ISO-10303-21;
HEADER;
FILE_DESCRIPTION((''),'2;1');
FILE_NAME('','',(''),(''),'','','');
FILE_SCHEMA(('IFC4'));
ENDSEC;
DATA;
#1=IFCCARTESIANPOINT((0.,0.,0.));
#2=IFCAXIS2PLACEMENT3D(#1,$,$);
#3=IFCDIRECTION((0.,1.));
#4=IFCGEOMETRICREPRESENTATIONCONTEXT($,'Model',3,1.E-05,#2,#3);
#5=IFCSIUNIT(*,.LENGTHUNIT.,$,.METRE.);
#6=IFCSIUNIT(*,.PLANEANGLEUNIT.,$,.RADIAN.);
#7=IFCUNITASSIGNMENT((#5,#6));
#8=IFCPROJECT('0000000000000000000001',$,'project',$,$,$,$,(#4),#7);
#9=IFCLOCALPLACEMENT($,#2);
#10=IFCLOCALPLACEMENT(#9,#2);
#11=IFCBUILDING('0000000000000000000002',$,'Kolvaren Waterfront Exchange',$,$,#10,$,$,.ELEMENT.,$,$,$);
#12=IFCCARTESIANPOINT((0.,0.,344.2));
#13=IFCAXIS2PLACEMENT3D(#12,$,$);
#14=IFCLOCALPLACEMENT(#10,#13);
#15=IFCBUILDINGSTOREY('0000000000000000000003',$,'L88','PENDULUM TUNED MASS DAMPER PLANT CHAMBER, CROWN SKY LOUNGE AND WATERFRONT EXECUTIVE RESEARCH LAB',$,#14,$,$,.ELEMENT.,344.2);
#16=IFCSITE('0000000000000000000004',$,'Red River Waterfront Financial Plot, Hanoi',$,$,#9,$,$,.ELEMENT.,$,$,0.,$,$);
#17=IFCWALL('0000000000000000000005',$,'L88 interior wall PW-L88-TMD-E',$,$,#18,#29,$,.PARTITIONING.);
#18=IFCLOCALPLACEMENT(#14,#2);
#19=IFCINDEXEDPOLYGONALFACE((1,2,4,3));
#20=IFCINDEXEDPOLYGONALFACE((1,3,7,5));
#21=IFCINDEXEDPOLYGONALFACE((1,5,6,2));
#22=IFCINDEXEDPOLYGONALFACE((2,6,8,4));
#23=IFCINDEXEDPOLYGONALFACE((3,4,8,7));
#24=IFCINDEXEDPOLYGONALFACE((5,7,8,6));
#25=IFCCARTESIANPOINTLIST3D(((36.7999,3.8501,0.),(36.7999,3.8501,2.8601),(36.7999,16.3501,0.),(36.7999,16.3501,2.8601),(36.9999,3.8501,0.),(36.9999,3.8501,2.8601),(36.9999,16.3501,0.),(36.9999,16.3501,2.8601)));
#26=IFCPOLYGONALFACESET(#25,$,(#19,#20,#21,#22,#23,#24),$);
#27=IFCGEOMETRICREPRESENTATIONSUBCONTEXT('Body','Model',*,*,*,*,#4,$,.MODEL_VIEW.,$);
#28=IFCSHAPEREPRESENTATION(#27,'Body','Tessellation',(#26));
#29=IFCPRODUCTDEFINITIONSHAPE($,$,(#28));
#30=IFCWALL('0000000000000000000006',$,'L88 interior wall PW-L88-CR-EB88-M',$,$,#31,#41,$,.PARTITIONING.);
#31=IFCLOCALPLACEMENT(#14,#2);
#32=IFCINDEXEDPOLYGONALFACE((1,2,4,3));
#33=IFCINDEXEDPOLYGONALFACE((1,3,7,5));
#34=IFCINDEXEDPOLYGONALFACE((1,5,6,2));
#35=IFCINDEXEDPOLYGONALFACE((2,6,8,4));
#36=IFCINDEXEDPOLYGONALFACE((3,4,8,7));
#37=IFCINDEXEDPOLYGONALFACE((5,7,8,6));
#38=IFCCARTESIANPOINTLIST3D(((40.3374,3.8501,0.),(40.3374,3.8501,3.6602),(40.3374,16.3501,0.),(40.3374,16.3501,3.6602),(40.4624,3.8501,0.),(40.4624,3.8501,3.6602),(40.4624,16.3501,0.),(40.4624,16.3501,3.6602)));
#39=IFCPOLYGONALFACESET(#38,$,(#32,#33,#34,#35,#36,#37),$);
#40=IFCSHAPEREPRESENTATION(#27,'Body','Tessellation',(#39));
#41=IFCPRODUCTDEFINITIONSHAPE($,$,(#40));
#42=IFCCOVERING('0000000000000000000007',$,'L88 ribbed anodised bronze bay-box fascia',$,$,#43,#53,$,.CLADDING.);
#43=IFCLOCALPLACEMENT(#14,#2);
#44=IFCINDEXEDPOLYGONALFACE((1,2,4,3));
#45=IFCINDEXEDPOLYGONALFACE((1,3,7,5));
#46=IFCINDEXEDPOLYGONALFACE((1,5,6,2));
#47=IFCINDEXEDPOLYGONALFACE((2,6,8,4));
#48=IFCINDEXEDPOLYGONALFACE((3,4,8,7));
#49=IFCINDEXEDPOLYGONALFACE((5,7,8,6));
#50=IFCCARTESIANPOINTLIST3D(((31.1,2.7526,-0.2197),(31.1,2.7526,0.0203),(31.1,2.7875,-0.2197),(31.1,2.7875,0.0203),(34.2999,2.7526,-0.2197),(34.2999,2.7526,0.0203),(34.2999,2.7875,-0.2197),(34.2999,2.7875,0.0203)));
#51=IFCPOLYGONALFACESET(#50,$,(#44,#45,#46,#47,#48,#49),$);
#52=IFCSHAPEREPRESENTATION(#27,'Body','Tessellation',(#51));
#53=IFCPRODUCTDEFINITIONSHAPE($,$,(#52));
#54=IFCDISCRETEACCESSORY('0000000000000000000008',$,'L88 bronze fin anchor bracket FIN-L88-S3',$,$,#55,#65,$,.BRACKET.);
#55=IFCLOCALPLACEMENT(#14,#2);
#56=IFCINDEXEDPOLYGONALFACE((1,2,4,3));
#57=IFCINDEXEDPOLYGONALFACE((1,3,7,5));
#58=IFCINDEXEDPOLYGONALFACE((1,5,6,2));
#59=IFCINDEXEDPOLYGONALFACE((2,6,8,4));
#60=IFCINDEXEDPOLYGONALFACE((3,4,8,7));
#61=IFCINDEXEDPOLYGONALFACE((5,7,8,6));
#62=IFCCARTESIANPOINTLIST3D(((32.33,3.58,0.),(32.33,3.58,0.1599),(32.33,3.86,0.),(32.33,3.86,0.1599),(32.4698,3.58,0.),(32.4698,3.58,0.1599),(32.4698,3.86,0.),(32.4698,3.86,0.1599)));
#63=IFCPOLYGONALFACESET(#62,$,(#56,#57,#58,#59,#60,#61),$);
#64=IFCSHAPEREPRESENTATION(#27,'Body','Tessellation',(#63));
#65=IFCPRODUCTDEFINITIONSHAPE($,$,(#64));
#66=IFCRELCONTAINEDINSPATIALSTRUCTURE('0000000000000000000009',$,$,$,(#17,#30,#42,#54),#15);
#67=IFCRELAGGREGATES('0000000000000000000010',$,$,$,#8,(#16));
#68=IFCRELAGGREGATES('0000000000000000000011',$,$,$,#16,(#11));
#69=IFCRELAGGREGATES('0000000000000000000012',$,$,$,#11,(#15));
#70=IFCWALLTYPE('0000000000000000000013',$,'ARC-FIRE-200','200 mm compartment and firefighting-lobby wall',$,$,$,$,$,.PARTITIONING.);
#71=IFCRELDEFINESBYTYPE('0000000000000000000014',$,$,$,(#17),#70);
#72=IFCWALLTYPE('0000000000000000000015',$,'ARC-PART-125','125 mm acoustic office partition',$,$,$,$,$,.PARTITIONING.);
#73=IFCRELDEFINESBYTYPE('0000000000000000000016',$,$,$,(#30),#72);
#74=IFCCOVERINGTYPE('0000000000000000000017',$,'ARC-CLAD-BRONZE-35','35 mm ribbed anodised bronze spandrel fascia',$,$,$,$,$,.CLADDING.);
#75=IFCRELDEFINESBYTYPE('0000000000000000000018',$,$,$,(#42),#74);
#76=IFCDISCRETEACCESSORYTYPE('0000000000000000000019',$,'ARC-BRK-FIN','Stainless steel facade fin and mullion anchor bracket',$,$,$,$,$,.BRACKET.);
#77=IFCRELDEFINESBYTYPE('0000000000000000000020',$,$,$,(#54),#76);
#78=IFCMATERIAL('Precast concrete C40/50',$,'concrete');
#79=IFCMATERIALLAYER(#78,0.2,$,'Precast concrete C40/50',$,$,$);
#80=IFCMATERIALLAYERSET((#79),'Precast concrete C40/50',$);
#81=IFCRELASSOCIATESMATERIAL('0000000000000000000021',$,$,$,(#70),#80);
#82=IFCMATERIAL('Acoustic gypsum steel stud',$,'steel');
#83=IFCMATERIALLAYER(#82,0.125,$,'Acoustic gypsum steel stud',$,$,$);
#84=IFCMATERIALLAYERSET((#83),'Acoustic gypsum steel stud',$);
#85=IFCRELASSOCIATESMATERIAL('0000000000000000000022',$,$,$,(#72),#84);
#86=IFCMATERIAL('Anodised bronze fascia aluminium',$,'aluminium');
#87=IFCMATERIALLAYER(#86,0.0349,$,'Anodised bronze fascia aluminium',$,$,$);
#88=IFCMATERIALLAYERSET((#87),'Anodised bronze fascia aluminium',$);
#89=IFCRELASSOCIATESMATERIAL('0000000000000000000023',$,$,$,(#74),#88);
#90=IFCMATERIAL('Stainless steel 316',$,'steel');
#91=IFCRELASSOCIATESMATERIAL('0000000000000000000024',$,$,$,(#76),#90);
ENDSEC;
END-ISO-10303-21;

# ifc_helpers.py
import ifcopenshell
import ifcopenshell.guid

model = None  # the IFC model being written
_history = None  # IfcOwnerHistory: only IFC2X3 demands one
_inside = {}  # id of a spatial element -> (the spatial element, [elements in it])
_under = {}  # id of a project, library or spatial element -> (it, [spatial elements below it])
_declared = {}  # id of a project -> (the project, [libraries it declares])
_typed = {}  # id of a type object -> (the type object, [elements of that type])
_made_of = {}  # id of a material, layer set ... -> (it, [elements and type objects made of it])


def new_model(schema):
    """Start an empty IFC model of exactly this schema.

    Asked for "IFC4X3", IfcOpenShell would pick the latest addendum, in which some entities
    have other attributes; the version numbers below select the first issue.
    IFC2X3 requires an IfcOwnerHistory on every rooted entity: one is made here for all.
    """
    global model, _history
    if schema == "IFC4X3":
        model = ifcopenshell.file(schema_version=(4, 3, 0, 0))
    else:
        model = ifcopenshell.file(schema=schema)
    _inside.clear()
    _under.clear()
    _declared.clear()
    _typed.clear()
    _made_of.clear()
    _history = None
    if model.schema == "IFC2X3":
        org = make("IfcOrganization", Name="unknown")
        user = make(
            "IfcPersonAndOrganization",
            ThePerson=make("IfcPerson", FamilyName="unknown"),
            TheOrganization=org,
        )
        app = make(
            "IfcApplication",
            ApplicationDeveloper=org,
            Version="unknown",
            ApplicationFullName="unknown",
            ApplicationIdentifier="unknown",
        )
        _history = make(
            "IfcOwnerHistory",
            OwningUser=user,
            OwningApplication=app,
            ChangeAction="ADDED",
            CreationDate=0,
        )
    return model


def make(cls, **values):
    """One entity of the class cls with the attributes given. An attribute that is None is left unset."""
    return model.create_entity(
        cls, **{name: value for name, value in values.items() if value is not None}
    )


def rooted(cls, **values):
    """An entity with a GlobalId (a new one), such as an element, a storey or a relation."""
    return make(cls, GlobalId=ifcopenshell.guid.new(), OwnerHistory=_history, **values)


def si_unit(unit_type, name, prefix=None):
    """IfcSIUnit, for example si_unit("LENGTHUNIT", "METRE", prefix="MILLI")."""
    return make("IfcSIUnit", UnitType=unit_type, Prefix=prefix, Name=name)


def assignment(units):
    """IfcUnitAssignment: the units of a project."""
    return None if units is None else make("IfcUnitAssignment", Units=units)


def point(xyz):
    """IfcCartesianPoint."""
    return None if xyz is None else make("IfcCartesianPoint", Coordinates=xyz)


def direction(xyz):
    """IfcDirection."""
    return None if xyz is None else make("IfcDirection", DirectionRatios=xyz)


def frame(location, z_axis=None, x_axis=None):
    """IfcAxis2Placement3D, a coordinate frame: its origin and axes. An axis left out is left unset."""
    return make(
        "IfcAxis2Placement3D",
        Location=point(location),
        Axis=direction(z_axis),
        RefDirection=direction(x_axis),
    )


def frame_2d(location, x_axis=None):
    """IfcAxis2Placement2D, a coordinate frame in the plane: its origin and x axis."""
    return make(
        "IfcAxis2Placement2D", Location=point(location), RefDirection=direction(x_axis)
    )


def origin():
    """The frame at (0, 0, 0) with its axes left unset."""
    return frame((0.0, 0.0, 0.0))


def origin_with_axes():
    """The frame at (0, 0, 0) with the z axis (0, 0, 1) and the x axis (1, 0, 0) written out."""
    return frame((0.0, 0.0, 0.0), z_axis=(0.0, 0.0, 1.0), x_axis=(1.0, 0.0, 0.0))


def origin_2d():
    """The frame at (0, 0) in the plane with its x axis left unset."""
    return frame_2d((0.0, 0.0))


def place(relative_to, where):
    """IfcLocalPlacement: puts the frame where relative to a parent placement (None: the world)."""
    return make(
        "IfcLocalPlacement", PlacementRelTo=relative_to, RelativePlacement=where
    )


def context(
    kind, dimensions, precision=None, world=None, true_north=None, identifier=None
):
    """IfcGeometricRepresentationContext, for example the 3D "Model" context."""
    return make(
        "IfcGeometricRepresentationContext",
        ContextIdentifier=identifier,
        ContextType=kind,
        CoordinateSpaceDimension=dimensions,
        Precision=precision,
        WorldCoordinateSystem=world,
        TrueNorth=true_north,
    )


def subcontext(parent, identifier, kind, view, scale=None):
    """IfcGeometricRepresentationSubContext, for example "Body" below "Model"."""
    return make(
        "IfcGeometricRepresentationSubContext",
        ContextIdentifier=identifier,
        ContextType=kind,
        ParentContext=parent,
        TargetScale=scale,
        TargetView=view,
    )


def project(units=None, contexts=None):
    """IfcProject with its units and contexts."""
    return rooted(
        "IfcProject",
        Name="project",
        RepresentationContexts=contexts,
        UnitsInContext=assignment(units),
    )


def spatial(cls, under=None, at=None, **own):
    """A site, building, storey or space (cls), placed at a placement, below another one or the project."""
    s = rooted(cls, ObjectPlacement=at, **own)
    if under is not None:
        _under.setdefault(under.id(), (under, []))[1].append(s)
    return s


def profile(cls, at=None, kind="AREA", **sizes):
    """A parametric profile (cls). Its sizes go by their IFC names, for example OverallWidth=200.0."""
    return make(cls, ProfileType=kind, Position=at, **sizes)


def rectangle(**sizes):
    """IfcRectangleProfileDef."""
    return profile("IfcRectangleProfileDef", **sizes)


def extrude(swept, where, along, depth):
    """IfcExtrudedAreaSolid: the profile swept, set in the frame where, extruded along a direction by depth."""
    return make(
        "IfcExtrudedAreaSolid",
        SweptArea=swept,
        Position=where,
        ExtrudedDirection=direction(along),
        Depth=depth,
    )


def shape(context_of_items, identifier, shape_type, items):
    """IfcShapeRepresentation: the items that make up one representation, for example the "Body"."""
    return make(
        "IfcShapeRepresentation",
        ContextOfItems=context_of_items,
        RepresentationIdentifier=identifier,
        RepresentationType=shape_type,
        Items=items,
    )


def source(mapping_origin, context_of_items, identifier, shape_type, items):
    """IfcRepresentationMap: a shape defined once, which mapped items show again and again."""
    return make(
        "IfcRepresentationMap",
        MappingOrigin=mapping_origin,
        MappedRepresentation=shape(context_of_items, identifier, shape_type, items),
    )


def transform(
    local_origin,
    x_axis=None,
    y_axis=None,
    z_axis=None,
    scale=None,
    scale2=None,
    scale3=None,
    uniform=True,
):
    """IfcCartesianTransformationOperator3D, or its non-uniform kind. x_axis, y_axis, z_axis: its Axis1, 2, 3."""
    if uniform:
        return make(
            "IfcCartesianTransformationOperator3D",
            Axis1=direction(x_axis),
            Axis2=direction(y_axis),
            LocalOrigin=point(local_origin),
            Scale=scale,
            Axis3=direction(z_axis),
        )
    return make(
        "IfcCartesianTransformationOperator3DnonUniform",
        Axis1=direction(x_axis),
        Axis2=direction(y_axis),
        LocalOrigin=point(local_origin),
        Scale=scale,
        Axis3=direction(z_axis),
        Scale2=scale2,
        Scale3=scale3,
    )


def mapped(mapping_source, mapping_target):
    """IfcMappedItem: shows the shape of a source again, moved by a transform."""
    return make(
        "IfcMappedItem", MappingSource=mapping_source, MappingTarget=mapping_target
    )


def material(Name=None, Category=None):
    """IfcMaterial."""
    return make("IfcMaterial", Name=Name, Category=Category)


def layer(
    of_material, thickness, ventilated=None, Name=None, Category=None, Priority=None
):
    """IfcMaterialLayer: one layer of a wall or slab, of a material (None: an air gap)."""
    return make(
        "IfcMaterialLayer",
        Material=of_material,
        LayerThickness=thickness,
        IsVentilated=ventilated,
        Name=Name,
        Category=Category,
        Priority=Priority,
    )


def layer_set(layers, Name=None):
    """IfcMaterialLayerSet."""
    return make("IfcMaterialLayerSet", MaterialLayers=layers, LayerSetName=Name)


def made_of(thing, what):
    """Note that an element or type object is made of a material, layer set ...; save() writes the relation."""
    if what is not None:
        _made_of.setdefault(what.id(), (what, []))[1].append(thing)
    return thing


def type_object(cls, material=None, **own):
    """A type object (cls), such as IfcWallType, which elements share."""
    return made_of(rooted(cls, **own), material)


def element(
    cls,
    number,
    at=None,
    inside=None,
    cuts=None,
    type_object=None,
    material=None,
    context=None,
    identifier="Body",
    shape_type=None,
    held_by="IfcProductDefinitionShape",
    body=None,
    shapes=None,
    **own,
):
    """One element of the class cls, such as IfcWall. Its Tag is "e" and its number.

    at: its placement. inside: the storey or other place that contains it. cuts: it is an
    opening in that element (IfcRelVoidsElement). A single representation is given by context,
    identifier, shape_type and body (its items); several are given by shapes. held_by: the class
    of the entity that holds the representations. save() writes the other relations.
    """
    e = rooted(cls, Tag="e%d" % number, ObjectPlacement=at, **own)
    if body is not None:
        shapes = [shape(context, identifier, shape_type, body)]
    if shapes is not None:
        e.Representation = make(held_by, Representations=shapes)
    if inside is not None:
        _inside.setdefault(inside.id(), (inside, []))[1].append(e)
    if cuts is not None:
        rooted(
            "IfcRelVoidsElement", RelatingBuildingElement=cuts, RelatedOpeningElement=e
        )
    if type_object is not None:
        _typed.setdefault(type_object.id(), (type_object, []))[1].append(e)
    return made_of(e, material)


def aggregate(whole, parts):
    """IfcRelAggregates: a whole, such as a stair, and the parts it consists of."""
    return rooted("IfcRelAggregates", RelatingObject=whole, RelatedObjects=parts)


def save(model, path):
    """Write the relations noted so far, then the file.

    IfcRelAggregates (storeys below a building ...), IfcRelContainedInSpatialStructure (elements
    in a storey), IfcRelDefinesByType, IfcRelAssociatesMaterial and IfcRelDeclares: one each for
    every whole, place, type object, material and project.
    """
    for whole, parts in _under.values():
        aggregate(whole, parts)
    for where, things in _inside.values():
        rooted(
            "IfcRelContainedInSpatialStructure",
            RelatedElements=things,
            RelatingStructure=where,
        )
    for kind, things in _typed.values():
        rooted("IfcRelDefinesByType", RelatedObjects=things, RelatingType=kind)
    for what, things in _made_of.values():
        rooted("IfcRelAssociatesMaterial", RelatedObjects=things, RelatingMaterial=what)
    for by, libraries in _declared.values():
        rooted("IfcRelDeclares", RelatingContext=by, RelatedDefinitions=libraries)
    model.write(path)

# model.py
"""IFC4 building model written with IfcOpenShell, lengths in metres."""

from ifc_helpers import new_model, si_unit, direction, frame, frame_2d, origin, origin_with_axes, origin_2d, place, context, subcontext, project, spatial, rectangle, extrude, source, transform, mapped, material, layer, layer_set, type_object, element, save


model = new_model("IFC4")

# Units and contexts
model_context = context("Model", 3, precision=1e-05, world=origin(), true_north=direction((0.0, 1.0)))
body_context = subcontext(model_context, "Body", "Model", "MODEL_VIEW")
ifc_project = project(units=[si_unit("LENGTHUNIT", "METRE"), si_unit("PLANEANGLEUNIT", "RADIAN")], contexts=[model_context])

# Site, building, storey
site_placement = place(None, origin())
site = spatial("IfcSite", under=ifc_project, at=site_placement, Name="Red River Waterfront Financial Plot, Hanoi", CompositionType="ELEMENT", RefElevation=0.0)
building_placement = place(site_placement, origin())
building = spatial("IfcBuilding", under=site, at=building_placement, Name="Kolvaren Waterfront Exchange", CompositionType="ELEMENT")
storey_placement = place(building_placement, frame((0.0, 0.0, 344.2)))
storey = spatial("IfcBuildingStorey", under=building, at=storey_placement, Name="L88", Description="PENDULUM TUNED MASS DAMPER PLANT CHAMBER, CROWN SKY LOUNGE AND WATERFRONT EXECUTIVE RESEARCH LAB", CompositionType="ELEMENT", Elevation=344.2)

# Walls
ifc_material_1 = material(Name="Precast concrete C40/50", Category="concrete")
ifc_layer_1 = layer(ifc_material_1, 0.2, Name="Precast concrete C40/50")
ifc_layer_set_1 = layer_set([ifc_layer_1], Name="Precast concrete C40/50")
wall_type_1 = type_object("IfcWallType", Name="ARC-FIRE-200", Description="200 mm compartment and firefighting-lobby wall", PredefinedType="PARTITIONING", material=ifc_layer_set_1)
wall_1_placement = place(storey_placement, frame((36.8999, 3.8501, 0.0), z_axis=(0.0, 0.0, 1.0), x_axis=(0.0, 1.0, 0.0)))
element("IfcWall", 1, at=wall_1_placement, inside=storey, type_object=wall_type_1, Name="L88 interior wall PW-L88-TMD-E", PredefinedType="PARTITIONING", context=body_context, shape_type="SweptSolid", body=[
    extrude(rectangle(XDim=12.5, YDim=0.2, at=frame_2d((6.25, 0.0))), origin(), (0.0, 0.0, 1.0), 2.8601),
])
ifc_material_2 = material(Name="Acoustic gypsum steel stud", Category="steel")
ifc_layer_2 = layer(ifc_material_2, 0.125, Name="Acoustic gypsum steel stud")
ifc_layer_set_2 = layer_set([ifc_layer_2], Name="Acoustic gypsum steel stud")
wall_type_2 = type_object("IfcWallType", Name="ARC-PART-125", Description="125 mm acoustic office partition", PredefinedType="PARTITIONING", material=ifc_layer_set_2)
wall_2_placement = place(storey_placement, frame((40.3999, 3.8501, 0.0), z_axis=(0.0, 0.0, 1.0), x_axis=(0.0, 1.0, 0.0)))
element("IfcWall", 2, at=wall_2_placement, inside=storey, type_object=wall_type_2, Name="L88 interior wall PW-L88-CR-EB88-M", PredefinedType="PARTITIONING", context=body_context, shape_type="SweptSolid", body=[
    extrude(rectangle(XDim=12.5, YDim=0.125, at=frame_2d((6.25, 0.0))), origin(), (0.0, 0.0, 1.0), 3.6602),
])

# Covering
ifc_material_3 = material(Name="Anodised bronze fascia aluminium", Category="aluminium")
ifc_layer_3 = layer(ifc_material_3, 0.0349, Name="Anodised bronze fascia aluminium")
ifc_layer_set_3 = layer_set([ifc_layer_3], Name="Anodised bronze fascia aluminium")
covering_type = type_object("IfcCoveringType", Name="ARC-CLAD-BRONZE-35", Description="35 mm ribbed anodised bronze spandrel fascia", PredefinedType="CLADDING", material=ifc_layer_set_3)
covering_placement = place(storey_placement, frame((32.7, 2.77, -0.2197), z_axis=(0.0, 0.0, 1.0), x_axis=(1.0, 0.0, 0.0)))
element("IfcCovering", 3, at=covering_placement, inside=storey, type_object=covering_type, Name="L88 ribbed anodised bronze bay-box fascia", PredefinedType="CLADDING", context=body_context, shape_type="SweptSolid", body=[
    extrude(rectangle(XDim=3.2, YDim=0.0349, at=origin_2d()), origin(), (0.0, 0.0, 1.0), 0.24),
])

# Discrete accessory
ifc_material_4 = material(Name="Stainless steel 316", Category="steel")
discrete_accessory_type = type_object("IfcDiscreteAccessoryType", Name="ARC-BRK-FIN", Description="Stainless steel facade fin and mullion anchor bracket", PredefinedType="BRACKET", material=ifc_material_4)
shared_shape_1 = source(origin_with_axes(), body_context, "Body", "SweptSolid", [
    extrude(rectangle(XDim=0.28, YDim=0.1399, at=origin_2d()), origin(), (0.0, 0.0, 1.0), 0.1599),
])
discrete_accessory_placement = place(storey_placement, frame((32.3999, 3.72, 0.0), z_axis=(0.0, 0.0, 1.0), x_axis=(0.0, -1.0, 0.0)))
element("IfcDiscreteAccessory", 4, at=discrete_accessory_placement, inside=storey, type_object=discrete_accessory_type, Name="L88 bronze fin anchor bracket FIN-L88-S3", PredefinedType="BRACKET", context=body_context, shape_type="MappedRepresentation", body=[
    mapped(shared_shape_1, transform((0.0, 0.0, 0.0), x_axis=(1.0, 0.0, 0.0), y_axis=(0.0, 1.0, 0.0), z_axis=(0.0, 0.0, 1.0), scale=1.0)),
])

save(model, "model.ifc")
